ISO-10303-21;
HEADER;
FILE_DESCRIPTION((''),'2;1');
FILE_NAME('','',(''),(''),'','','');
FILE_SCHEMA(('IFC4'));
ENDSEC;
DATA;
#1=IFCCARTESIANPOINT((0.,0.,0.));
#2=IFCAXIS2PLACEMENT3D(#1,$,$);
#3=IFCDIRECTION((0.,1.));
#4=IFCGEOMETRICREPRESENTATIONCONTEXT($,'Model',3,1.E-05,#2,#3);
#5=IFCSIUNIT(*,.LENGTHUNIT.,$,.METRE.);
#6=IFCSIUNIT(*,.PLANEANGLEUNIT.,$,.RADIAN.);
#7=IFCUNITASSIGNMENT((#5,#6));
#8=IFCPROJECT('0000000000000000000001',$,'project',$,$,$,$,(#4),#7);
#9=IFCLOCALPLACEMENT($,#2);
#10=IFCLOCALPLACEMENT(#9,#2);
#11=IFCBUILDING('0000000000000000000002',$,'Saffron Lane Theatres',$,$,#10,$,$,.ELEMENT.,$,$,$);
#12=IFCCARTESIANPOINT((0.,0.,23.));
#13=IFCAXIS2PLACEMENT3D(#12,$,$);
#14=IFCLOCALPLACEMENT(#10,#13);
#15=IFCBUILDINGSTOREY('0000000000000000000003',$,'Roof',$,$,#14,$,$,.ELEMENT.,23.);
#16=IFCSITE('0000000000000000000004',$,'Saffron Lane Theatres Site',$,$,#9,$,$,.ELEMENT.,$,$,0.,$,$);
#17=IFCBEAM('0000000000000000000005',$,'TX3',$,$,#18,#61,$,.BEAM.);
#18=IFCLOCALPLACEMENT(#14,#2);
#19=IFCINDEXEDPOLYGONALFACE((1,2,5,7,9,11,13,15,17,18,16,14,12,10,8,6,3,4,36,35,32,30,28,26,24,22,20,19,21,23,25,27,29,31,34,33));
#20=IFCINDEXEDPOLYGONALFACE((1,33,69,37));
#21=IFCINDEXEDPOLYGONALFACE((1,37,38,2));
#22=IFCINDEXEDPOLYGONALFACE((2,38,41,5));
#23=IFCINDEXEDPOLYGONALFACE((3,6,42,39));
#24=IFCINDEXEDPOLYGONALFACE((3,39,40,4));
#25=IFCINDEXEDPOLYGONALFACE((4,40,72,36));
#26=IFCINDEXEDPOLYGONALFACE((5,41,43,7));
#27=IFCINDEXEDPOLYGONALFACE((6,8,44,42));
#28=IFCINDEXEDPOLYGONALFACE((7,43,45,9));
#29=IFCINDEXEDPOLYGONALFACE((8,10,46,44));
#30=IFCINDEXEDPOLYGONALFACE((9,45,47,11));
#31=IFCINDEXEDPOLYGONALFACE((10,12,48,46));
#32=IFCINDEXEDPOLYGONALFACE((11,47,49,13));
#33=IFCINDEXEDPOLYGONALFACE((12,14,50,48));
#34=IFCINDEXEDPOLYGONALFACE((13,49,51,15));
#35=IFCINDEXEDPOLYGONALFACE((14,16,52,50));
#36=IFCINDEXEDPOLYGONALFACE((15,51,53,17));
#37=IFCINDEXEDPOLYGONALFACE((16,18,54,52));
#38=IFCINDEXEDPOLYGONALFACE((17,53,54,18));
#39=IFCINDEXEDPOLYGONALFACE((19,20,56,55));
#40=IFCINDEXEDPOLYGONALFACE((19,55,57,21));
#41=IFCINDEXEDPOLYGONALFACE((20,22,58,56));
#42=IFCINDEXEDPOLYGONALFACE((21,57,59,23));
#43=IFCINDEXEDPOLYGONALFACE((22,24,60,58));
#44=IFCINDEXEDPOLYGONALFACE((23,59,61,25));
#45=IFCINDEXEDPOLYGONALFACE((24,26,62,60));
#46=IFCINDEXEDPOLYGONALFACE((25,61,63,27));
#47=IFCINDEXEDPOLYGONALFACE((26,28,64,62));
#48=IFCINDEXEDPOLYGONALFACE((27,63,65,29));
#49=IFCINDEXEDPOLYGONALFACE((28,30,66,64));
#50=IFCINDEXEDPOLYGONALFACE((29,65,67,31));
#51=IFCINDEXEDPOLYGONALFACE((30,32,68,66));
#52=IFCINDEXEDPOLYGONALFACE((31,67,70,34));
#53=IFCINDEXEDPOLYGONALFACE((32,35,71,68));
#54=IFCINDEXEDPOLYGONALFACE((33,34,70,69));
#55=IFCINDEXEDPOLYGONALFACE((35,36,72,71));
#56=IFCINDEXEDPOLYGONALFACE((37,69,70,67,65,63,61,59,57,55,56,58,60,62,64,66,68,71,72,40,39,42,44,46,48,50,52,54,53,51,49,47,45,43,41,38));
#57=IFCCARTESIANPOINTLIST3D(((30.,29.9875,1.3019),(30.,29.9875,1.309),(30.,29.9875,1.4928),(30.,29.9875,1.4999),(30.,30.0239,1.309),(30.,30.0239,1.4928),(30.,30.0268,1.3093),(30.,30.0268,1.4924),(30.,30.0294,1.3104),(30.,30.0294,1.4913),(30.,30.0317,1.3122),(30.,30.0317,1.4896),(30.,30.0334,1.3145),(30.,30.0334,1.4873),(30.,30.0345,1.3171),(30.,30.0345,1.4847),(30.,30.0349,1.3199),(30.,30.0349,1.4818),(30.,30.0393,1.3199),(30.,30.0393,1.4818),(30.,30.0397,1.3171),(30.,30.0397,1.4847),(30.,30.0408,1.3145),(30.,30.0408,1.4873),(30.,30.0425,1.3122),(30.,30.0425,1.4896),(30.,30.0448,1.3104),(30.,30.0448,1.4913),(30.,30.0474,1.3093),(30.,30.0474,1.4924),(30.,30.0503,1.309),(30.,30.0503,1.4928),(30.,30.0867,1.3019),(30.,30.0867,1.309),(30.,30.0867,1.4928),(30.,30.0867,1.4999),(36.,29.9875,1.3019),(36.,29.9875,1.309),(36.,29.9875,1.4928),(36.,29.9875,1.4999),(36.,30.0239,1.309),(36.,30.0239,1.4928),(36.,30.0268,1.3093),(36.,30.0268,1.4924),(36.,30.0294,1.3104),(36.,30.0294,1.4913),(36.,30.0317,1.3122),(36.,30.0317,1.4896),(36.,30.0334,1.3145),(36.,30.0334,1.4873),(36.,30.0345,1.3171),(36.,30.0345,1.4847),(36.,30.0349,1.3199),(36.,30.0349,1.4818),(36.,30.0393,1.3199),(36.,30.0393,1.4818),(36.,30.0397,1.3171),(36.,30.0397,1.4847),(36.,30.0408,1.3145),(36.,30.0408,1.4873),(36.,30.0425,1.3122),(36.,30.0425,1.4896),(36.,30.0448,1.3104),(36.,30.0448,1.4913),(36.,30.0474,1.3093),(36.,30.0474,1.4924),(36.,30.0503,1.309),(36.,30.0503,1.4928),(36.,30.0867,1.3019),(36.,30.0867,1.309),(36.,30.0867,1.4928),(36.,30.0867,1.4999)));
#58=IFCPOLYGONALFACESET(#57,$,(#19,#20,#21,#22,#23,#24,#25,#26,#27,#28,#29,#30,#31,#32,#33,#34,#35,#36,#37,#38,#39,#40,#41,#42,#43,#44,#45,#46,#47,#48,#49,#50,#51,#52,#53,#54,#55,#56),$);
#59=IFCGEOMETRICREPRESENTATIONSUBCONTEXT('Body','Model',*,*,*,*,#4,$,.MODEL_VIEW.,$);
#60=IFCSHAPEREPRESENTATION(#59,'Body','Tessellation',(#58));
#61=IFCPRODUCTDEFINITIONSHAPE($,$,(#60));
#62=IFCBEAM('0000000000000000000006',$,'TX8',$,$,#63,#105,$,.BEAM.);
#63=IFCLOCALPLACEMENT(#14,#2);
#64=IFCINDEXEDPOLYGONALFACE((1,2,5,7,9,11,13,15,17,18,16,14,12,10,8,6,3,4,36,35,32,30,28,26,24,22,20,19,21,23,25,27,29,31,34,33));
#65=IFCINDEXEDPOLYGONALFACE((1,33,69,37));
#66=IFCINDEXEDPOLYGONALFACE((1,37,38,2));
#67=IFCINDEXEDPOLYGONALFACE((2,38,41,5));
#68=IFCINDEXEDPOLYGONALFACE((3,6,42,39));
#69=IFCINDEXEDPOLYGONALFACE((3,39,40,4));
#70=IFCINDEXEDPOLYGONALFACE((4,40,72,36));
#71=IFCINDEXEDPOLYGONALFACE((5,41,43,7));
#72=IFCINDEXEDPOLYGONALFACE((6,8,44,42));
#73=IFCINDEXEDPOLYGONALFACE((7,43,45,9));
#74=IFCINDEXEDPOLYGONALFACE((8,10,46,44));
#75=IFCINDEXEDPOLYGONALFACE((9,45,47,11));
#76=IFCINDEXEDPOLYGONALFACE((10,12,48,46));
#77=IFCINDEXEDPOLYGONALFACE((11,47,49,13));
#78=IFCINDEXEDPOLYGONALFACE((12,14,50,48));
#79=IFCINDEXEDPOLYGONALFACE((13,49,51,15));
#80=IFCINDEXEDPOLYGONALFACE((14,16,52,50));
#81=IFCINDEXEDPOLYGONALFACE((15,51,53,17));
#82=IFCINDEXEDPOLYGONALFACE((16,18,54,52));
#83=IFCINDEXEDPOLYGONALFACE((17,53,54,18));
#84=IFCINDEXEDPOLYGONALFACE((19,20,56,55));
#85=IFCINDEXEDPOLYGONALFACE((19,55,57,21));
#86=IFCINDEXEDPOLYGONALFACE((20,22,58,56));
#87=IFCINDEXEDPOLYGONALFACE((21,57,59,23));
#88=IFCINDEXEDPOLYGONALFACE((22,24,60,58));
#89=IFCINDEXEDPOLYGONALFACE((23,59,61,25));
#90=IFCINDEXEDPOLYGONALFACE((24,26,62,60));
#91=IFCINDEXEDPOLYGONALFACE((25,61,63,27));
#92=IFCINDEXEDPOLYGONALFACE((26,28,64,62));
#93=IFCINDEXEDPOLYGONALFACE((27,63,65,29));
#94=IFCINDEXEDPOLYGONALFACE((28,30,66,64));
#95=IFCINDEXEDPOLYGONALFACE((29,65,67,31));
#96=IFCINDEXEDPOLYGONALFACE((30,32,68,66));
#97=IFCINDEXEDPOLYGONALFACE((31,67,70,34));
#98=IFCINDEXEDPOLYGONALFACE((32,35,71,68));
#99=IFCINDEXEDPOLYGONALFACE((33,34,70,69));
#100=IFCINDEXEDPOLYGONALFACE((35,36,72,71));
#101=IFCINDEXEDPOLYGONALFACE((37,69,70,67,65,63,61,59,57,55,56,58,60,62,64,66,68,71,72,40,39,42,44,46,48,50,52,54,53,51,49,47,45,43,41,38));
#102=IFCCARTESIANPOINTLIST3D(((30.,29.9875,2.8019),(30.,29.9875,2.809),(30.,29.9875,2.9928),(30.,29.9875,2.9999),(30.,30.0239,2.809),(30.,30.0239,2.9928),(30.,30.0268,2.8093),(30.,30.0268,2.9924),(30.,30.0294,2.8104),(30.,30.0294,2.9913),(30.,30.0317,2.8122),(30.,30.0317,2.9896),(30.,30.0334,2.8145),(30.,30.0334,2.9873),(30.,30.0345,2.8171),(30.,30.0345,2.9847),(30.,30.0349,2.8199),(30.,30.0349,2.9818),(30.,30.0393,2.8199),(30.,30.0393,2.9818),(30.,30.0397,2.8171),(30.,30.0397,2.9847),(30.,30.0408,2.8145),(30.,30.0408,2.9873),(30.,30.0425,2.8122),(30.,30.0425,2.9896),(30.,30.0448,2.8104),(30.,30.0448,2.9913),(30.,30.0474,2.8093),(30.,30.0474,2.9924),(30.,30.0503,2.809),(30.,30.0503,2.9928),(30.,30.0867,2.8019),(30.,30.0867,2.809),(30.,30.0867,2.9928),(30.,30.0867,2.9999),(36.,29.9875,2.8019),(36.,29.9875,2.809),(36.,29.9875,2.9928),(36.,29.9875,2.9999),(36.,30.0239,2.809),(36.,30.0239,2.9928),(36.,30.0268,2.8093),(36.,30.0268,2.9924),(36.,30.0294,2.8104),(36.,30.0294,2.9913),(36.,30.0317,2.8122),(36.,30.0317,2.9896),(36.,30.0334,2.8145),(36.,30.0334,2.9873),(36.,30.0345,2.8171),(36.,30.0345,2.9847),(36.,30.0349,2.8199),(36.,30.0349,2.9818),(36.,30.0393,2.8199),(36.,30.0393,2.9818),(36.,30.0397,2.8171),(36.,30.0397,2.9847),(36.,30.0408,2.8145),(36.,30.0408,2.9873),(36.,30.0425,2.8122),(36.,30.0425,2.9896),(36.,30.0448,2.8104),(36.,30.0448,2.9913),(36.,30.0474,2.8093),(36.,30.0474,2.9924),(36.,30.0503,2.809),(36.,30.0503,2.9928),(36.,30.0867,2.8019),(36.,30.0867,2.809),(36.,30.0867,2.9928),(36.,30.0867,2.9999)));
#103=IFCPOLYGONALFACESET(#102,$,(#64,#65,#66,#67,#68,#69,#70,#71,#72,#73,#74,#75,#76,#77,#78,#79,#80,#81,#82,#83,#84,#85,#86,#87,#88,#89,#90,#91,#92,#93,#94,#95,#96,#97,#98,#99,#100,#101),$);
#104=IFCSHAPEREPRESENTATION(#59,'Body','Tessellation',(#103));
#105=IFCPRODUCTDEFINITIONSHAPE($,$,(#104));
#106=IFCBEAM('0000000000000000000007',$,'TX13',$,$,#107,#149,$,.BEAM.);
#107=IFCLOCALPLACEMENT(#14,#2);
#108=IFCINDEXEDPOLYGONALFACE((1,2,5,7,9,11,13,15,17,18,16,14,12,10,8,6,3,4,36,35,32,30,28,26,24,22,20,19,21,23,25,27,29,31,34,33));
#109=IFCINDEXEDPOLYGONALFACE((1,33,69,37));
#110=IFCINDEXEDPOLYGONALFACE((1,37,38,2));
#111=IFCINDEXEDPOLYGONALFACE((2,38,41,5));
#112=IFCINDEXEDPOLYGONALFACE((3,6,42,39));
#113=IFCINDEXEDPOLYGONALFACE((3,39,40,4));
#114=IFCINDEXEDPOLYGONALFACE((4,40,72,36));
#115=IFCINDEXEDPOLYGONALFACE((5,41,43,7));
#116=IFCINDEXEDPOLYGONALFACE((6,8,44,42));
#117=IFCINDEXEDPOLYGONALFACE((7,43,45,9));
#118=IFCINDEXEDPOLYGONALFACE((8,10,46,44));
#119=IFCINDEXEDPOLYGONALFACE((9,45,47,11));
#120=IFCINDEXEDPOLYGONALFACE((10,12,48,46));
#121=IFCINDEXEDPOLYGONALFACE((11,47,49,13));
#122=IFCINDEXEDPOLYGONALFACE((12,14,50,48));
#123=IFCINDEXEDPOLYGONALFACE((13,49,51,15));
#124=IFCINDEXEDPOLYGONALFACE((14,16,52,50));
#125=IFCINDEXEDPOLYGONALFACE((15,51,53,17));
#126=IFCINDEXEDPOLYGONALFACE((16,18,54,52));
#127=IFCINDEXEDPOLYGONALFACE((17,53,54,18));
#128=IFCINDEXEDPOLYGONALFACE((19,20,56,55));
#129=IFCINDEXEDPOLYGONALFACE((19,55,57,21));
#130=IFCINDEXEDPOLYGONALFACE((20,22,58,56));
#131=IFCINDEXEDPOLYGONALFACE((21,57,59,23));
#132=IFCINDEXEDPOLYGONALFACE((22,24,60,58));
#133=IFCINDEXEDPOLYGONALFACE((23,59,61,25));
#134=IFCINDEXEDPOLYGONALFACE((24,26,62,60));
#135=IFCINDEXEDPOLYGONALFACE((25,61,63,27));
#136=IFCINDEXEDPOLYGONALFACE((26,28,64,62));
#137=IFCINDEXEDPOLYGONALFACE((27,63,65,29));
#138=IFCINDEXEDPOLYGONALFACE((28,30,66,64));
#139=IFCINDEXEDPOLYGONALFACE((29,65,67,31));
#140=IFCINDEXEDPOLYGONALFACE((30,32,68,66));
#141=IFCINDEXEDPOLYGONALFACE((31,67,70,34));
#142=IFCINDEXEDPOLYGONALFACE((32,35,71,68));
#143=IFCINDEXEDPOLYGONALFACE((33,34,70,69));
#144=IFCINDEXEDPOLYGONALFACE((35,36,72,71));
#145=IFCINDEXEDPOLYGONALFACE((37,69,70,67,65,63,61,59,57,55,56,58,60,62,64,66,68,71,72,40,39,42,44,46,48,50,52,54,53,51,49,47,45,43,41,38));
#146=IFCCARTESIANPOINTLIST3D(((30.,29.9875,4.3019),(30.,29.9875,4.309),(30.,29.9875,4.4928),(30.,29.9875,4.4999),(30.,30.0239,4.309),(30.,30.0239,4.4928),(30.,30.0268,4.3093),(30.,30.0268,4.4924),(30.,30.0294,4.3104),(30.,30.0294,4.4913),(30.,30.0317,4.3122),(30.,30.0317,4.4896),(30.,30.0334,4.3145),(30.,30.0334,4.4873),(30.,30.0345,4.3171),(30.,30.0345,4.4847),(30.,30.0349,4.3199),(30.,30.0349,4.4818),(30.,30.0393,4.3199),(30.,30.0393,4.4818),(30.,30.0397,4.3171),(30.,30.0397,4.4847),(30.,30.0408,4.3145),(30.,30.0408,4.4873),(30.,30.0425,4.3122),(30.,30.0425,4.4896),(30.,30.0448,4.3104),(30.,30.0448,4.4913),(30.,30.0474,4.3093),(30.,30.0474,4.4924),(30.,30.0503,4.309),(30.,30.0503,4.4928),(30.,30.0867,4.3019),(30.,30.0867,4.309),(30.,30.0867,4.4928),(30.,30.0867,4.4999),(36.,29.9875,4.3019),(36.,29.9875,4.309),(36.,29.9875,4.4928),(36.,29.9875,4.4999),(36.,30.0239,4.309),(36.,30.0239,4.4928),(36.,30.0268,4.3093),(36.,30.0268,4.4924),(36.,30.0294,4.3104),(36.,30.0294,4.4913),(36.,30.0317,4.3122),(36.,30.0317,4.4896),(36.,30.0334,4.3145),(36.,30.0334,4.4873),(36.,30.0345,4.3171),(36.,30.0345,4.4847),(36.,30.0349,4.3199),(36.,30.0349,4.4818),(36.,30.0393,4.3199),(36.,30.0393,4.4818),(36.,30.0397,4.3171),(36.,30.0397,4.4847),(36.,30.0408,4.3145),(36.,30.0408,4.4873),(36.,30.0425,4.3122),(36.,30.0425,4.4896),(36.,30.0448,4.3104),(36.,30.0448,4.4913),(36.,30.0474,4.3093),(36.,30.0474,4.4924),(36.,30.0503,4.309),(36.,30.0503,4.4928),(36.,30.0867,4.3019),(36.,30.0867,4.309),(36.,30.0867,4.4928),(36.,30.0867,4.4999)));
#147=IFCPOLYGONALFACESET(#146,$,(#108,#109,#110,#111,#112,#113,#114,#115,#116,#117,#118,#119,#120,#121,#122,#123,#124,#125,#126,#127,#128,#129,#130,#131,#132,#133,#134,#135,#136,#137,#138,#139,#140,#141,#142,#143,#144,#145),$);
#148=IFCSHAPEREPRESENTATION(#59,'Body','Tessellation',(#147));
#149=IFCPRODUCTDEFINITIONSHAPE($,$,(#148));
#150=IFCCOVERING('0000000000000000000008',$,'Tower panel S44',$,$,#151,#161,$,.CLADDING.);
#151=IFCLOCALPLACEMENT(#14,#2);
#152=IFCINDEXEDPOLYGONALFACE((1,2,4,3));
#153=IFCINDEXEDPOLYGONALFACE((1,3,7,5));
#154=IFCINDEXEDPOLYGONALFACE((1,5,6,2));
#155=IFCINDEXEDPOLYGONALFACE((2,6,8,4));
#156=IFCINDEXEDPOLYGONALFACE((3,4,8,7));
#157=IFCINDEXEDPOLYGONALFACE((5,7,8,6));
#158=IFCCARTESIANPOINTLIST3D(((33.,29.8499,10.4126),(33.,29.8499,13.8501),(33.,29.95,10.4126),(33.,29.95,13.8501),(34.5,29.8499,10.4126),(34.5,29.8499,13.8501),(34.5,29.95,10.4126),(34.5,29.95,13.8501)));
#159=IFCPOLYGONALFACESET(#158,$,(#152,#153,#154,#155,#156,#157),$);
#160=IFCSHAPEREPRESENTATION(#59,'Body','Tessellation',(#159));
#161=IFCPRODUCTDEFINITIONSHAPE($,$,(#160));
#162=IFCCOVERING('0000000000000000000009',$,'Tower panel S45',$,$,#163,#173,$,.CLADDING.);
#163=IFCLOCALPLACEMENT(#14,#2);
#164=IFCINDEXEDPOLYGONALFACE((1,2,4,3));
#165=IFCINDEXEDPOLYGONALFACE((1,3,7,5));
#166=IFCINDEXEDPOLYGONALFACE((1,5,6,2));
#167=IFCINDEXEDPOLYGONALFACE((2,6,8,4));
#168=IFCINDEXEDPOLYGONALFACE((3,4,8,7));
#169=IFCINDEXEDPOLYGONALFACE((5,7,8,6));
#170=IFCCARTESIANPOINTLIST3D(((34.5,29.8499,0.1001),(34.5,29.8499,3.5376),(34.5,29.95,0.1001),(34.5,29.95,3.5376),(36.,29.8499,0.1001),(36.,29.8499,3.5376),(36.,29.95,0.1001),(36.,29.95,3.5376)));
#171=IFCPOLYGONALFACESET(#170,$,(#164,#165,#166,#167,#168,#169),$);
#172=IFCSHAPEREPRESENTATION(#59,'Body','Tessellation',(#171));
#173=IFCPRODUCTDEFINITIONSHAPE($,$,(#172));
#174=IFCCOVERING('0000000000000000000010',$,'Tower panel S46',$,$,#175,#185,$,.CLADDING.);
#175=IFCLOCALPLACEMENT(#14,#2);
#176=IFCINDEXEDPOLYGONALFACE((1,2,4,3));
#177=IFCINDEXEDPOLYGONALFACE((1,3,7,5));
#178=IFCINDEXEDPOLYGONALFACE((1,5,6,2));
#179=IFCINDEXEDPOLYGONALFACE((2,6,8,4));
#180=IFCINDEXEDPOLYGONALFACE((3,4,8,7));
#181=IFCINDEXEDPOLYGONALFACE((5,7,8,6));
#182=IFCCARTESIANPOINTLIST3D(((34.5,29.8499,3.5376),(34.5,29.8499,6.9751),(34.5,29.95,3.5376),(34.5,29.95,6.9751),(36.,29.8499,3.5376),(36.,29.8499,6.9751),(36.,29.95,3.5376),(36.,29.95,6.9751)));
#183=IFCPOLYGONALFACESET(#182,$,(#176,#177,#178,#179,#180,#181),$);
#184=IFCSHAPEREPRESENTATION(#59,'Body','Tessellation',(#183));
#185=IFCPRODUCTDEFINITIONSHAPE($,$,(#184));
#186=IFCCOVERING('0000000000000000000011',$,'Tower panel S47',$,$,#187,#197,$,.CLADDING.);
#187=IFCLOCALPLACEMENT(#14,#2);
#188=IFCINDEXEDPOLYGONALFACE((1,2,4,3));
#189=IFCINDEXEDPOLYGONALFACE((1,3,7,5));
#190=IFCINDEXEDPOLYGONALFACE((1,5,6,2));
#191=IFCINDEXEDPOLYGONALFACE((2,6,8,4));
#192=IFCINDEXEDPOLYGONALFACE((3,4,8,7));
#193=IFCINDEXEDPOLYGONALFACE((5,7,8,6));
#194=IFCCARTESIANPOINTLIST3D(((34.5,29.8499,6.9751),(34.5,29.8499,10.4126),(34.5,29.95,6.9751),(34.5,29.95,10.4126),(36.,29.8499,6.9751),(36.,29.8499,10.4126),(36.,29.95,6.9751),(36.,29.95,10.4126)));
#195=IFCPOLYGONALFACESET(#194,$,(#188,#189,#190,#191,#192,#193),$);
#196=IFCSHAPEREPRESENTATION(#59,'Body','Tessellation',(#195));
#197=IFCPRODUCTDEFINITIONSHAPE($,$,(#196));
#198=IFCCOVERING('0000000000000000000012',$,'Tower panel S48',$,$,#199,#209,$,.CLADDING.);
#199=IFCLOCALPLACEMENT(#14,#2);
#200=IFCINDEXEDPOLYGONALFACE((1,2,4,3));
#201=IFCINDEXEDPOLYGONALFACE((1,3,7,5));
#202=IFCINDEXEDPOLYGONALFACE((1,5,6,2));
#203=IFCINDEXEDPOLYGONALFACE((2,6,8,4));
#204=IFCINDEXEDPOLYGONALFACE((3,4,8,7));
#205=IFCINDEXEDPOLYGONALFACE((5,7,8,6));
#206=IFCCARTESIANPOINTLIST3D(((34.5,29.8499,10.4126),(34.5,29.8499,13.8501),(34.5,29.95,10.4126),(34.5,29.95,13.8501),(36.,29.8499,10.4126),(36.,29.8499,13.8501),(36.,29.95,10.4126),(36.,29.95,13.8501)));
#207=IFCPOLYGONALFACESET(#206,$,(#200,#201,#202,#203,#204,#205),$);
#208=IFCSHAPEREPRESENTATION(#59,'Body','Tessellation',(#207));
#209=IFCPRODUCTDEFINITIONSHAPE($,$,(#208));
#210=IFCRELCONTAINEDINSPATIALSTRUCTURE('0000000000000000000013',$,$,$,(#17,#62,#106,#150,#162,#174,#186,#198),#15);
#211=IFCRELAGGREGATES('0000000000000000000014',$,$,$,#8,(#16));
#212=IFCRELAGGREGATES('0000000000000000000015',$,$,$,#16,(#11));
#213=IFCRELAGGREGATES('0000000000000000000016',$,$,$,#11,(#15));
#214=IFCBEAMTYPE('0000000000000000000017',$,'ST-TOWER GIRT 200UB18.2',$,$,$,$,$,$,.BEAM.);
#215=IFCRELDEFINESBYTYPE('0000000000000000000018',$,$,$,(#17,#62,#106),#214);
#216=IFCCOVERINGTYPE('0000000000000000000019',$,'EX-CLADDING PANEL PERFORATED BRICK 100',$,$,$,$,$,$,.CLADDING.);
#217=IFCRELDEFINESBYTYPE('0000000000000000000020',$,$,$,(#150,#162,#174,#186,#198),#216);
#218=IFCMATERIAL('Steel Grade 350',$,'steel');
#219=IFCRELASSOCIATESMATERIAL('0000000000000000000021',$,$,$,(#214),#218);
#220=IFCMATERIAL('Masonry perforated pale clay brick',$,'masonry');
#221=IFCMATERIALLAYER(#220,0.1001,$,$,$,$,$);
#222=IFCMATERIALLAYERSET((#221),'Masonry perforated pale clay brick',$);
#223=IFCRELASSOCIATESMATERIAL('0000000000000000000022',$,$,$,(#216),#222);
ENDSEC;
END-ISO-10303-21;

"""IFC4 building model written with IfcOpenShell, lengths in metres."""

from ifc_helpers import new_model, si_unit, direction, frame, origin, origin_2d, place, context, subcontext, project, spatial, rectangle, i_section, extrude, material, layer, layer_set, material_profile, profile_set, type_object, element, save


model = new_model("IFC4")

# Units and contexts
model_context = context("Model", 3, precision=1e-05, world=origin(), true_north=direction((0.0, 1.0)))
body_context = subcontext(model_context, "Body", "Model", "MODEL_VIEW")
ifc_project = project(units=[si_unit("LENGTHUNIT", "METRE"), si_unit("PLANEANGLEUNIT", "RADIAN")], contexts=[model_context])

# Site, building, storey
site_placement = place(None, origin())
site = spatial("IfcSite", under=ifc_project, at=site_placement, Name="Saffron Lane Theatres Site", CompositionType="ELEMENT", RefElevation=0.0)
building_placement = place(site_placement, origin())
building = spatial("IfcBuilding", under=site, at=building_placement, Name="Saffron Lane Theatres", CompositionType="ELEMENT")
storey_placement = place(building_placement, frame((0.0, 0.0, 23.0)))
storey = spatial("IfcBuildingStorey", under=building, at=storey_placement, Name="Roof", CompositionType="ELEMENT", Elevation=23.0)

# Beams
ifc_material_1 = material(Name="Steel Grade 350", Category="steel")
ifc_material_profile_1 = material_profile(ifc_material_1, i_section(OverallWidth=0.0991, OverallDepth=0.198, WebThickness=0.0044, FlangeThickness=0.0071, FilletRadius=0.011, at=origin_2d()))
ifc_profile_set_1 = profile_set([ifc_material_profile_1], Name="Steel Grade 350")
beam_type_1 = type_object("IfcBeamType", Name="ST-TOWER GIRT 200UB18.2", PredefinedType="BEAM", material=ifc_profile_set_1)
for number, where, z_axis, x_axis, name in (
    (1, (30.0, 30.0371, 1.4009), (1.0, 0.0, 0.0), (0.0, 1.0, 0.0), "TX3"),
    (2, (30.0, 30.0371, 2.9009), (1.0, 0.0, 0.0), (0.0, 1.0, 0.0), "TX8"),
    (3, (30.0, 30.0371, 4.4009), (1.0, 0.0, 0.0), (0.0, 1.0, 0.0), "TX13"),
):
    element("IfcBeam", number, at=place(storey_placement, frame(where, z_axis=z_axis, x_axis=x_axis)), inside=storey, type_object=beam_type_1, Name=name, PredefinedType="BEAM", context=body_context, shape_type="SweptSolid", body=[
        extrude(i_section(OverallWidth=0.0991, OverallDepth=0.198, WebThickness=0.0044, FlangeThickness=0.0071, FilletRadius=0.011, at=origin_2d()), origin(), (0.0, 0.0, 1.0), 6.0),
    ])

# Coverings
ifc_material_2 = material(Name="Masonry perforated pale clay brick", Category="masonry")
ifc_layer = layer(ifc_material_2, 0.1001)
ifc_layer_set = layer_set([ifc_layer], Name="Masonry perforated pale clay brick")
covering_type = type_object("IfcCoveringType", Name="EX-CLADDING PANEL PERFORATED BRICK 100", PredefinedType="CLADDING", material=ifc_layer_set)
for number, where, z_axis, x_axis, name in (
    (4, (33.75, 29.8999, 10.4126), (0.0, 0.0, 1.0), (1.0, 0.0, 0.0), "Tower panel S44"),
    (5, (35.25, 29.8999, 0.1001), (0.0, 0.0, 1.0), (1.0, 0.0, 0.0), "Tower panel S45"),
    (6, (35.25, 29.8999, 3.5376), (0.0, 0.0, 1.0), (1.0, 0.0, 0.0), "Tower panel S46"),
    (7, (35.25, 29.8999, 6.9751), (0.0, 0.0, 1.0), (1.0, 0.0, 0.0), "Tower panel S47"),
    (8, (35.25, 29.8999, 10.4126), (0.0, 0.0, 1.0), (1.0, 0.0, 0.0), "Tower panel S48"),
):
    element("IfcCovering", number, at=place(storey_placement, frame(where, z_axis=z_axis, x_axis=x_axis)), inside=storey, type_object=covering_type, Name=name, PredefinedType="CLADDING", context=body_context, shape_type="SweptSolid", body=[
        extrude(rectangle(XDim=1.5, YDim=0.1001, at=origin_2d()), origin(), (0.0, 0.0, 1.0), 3.4375),
    ])

save(model, "model.ifc")
